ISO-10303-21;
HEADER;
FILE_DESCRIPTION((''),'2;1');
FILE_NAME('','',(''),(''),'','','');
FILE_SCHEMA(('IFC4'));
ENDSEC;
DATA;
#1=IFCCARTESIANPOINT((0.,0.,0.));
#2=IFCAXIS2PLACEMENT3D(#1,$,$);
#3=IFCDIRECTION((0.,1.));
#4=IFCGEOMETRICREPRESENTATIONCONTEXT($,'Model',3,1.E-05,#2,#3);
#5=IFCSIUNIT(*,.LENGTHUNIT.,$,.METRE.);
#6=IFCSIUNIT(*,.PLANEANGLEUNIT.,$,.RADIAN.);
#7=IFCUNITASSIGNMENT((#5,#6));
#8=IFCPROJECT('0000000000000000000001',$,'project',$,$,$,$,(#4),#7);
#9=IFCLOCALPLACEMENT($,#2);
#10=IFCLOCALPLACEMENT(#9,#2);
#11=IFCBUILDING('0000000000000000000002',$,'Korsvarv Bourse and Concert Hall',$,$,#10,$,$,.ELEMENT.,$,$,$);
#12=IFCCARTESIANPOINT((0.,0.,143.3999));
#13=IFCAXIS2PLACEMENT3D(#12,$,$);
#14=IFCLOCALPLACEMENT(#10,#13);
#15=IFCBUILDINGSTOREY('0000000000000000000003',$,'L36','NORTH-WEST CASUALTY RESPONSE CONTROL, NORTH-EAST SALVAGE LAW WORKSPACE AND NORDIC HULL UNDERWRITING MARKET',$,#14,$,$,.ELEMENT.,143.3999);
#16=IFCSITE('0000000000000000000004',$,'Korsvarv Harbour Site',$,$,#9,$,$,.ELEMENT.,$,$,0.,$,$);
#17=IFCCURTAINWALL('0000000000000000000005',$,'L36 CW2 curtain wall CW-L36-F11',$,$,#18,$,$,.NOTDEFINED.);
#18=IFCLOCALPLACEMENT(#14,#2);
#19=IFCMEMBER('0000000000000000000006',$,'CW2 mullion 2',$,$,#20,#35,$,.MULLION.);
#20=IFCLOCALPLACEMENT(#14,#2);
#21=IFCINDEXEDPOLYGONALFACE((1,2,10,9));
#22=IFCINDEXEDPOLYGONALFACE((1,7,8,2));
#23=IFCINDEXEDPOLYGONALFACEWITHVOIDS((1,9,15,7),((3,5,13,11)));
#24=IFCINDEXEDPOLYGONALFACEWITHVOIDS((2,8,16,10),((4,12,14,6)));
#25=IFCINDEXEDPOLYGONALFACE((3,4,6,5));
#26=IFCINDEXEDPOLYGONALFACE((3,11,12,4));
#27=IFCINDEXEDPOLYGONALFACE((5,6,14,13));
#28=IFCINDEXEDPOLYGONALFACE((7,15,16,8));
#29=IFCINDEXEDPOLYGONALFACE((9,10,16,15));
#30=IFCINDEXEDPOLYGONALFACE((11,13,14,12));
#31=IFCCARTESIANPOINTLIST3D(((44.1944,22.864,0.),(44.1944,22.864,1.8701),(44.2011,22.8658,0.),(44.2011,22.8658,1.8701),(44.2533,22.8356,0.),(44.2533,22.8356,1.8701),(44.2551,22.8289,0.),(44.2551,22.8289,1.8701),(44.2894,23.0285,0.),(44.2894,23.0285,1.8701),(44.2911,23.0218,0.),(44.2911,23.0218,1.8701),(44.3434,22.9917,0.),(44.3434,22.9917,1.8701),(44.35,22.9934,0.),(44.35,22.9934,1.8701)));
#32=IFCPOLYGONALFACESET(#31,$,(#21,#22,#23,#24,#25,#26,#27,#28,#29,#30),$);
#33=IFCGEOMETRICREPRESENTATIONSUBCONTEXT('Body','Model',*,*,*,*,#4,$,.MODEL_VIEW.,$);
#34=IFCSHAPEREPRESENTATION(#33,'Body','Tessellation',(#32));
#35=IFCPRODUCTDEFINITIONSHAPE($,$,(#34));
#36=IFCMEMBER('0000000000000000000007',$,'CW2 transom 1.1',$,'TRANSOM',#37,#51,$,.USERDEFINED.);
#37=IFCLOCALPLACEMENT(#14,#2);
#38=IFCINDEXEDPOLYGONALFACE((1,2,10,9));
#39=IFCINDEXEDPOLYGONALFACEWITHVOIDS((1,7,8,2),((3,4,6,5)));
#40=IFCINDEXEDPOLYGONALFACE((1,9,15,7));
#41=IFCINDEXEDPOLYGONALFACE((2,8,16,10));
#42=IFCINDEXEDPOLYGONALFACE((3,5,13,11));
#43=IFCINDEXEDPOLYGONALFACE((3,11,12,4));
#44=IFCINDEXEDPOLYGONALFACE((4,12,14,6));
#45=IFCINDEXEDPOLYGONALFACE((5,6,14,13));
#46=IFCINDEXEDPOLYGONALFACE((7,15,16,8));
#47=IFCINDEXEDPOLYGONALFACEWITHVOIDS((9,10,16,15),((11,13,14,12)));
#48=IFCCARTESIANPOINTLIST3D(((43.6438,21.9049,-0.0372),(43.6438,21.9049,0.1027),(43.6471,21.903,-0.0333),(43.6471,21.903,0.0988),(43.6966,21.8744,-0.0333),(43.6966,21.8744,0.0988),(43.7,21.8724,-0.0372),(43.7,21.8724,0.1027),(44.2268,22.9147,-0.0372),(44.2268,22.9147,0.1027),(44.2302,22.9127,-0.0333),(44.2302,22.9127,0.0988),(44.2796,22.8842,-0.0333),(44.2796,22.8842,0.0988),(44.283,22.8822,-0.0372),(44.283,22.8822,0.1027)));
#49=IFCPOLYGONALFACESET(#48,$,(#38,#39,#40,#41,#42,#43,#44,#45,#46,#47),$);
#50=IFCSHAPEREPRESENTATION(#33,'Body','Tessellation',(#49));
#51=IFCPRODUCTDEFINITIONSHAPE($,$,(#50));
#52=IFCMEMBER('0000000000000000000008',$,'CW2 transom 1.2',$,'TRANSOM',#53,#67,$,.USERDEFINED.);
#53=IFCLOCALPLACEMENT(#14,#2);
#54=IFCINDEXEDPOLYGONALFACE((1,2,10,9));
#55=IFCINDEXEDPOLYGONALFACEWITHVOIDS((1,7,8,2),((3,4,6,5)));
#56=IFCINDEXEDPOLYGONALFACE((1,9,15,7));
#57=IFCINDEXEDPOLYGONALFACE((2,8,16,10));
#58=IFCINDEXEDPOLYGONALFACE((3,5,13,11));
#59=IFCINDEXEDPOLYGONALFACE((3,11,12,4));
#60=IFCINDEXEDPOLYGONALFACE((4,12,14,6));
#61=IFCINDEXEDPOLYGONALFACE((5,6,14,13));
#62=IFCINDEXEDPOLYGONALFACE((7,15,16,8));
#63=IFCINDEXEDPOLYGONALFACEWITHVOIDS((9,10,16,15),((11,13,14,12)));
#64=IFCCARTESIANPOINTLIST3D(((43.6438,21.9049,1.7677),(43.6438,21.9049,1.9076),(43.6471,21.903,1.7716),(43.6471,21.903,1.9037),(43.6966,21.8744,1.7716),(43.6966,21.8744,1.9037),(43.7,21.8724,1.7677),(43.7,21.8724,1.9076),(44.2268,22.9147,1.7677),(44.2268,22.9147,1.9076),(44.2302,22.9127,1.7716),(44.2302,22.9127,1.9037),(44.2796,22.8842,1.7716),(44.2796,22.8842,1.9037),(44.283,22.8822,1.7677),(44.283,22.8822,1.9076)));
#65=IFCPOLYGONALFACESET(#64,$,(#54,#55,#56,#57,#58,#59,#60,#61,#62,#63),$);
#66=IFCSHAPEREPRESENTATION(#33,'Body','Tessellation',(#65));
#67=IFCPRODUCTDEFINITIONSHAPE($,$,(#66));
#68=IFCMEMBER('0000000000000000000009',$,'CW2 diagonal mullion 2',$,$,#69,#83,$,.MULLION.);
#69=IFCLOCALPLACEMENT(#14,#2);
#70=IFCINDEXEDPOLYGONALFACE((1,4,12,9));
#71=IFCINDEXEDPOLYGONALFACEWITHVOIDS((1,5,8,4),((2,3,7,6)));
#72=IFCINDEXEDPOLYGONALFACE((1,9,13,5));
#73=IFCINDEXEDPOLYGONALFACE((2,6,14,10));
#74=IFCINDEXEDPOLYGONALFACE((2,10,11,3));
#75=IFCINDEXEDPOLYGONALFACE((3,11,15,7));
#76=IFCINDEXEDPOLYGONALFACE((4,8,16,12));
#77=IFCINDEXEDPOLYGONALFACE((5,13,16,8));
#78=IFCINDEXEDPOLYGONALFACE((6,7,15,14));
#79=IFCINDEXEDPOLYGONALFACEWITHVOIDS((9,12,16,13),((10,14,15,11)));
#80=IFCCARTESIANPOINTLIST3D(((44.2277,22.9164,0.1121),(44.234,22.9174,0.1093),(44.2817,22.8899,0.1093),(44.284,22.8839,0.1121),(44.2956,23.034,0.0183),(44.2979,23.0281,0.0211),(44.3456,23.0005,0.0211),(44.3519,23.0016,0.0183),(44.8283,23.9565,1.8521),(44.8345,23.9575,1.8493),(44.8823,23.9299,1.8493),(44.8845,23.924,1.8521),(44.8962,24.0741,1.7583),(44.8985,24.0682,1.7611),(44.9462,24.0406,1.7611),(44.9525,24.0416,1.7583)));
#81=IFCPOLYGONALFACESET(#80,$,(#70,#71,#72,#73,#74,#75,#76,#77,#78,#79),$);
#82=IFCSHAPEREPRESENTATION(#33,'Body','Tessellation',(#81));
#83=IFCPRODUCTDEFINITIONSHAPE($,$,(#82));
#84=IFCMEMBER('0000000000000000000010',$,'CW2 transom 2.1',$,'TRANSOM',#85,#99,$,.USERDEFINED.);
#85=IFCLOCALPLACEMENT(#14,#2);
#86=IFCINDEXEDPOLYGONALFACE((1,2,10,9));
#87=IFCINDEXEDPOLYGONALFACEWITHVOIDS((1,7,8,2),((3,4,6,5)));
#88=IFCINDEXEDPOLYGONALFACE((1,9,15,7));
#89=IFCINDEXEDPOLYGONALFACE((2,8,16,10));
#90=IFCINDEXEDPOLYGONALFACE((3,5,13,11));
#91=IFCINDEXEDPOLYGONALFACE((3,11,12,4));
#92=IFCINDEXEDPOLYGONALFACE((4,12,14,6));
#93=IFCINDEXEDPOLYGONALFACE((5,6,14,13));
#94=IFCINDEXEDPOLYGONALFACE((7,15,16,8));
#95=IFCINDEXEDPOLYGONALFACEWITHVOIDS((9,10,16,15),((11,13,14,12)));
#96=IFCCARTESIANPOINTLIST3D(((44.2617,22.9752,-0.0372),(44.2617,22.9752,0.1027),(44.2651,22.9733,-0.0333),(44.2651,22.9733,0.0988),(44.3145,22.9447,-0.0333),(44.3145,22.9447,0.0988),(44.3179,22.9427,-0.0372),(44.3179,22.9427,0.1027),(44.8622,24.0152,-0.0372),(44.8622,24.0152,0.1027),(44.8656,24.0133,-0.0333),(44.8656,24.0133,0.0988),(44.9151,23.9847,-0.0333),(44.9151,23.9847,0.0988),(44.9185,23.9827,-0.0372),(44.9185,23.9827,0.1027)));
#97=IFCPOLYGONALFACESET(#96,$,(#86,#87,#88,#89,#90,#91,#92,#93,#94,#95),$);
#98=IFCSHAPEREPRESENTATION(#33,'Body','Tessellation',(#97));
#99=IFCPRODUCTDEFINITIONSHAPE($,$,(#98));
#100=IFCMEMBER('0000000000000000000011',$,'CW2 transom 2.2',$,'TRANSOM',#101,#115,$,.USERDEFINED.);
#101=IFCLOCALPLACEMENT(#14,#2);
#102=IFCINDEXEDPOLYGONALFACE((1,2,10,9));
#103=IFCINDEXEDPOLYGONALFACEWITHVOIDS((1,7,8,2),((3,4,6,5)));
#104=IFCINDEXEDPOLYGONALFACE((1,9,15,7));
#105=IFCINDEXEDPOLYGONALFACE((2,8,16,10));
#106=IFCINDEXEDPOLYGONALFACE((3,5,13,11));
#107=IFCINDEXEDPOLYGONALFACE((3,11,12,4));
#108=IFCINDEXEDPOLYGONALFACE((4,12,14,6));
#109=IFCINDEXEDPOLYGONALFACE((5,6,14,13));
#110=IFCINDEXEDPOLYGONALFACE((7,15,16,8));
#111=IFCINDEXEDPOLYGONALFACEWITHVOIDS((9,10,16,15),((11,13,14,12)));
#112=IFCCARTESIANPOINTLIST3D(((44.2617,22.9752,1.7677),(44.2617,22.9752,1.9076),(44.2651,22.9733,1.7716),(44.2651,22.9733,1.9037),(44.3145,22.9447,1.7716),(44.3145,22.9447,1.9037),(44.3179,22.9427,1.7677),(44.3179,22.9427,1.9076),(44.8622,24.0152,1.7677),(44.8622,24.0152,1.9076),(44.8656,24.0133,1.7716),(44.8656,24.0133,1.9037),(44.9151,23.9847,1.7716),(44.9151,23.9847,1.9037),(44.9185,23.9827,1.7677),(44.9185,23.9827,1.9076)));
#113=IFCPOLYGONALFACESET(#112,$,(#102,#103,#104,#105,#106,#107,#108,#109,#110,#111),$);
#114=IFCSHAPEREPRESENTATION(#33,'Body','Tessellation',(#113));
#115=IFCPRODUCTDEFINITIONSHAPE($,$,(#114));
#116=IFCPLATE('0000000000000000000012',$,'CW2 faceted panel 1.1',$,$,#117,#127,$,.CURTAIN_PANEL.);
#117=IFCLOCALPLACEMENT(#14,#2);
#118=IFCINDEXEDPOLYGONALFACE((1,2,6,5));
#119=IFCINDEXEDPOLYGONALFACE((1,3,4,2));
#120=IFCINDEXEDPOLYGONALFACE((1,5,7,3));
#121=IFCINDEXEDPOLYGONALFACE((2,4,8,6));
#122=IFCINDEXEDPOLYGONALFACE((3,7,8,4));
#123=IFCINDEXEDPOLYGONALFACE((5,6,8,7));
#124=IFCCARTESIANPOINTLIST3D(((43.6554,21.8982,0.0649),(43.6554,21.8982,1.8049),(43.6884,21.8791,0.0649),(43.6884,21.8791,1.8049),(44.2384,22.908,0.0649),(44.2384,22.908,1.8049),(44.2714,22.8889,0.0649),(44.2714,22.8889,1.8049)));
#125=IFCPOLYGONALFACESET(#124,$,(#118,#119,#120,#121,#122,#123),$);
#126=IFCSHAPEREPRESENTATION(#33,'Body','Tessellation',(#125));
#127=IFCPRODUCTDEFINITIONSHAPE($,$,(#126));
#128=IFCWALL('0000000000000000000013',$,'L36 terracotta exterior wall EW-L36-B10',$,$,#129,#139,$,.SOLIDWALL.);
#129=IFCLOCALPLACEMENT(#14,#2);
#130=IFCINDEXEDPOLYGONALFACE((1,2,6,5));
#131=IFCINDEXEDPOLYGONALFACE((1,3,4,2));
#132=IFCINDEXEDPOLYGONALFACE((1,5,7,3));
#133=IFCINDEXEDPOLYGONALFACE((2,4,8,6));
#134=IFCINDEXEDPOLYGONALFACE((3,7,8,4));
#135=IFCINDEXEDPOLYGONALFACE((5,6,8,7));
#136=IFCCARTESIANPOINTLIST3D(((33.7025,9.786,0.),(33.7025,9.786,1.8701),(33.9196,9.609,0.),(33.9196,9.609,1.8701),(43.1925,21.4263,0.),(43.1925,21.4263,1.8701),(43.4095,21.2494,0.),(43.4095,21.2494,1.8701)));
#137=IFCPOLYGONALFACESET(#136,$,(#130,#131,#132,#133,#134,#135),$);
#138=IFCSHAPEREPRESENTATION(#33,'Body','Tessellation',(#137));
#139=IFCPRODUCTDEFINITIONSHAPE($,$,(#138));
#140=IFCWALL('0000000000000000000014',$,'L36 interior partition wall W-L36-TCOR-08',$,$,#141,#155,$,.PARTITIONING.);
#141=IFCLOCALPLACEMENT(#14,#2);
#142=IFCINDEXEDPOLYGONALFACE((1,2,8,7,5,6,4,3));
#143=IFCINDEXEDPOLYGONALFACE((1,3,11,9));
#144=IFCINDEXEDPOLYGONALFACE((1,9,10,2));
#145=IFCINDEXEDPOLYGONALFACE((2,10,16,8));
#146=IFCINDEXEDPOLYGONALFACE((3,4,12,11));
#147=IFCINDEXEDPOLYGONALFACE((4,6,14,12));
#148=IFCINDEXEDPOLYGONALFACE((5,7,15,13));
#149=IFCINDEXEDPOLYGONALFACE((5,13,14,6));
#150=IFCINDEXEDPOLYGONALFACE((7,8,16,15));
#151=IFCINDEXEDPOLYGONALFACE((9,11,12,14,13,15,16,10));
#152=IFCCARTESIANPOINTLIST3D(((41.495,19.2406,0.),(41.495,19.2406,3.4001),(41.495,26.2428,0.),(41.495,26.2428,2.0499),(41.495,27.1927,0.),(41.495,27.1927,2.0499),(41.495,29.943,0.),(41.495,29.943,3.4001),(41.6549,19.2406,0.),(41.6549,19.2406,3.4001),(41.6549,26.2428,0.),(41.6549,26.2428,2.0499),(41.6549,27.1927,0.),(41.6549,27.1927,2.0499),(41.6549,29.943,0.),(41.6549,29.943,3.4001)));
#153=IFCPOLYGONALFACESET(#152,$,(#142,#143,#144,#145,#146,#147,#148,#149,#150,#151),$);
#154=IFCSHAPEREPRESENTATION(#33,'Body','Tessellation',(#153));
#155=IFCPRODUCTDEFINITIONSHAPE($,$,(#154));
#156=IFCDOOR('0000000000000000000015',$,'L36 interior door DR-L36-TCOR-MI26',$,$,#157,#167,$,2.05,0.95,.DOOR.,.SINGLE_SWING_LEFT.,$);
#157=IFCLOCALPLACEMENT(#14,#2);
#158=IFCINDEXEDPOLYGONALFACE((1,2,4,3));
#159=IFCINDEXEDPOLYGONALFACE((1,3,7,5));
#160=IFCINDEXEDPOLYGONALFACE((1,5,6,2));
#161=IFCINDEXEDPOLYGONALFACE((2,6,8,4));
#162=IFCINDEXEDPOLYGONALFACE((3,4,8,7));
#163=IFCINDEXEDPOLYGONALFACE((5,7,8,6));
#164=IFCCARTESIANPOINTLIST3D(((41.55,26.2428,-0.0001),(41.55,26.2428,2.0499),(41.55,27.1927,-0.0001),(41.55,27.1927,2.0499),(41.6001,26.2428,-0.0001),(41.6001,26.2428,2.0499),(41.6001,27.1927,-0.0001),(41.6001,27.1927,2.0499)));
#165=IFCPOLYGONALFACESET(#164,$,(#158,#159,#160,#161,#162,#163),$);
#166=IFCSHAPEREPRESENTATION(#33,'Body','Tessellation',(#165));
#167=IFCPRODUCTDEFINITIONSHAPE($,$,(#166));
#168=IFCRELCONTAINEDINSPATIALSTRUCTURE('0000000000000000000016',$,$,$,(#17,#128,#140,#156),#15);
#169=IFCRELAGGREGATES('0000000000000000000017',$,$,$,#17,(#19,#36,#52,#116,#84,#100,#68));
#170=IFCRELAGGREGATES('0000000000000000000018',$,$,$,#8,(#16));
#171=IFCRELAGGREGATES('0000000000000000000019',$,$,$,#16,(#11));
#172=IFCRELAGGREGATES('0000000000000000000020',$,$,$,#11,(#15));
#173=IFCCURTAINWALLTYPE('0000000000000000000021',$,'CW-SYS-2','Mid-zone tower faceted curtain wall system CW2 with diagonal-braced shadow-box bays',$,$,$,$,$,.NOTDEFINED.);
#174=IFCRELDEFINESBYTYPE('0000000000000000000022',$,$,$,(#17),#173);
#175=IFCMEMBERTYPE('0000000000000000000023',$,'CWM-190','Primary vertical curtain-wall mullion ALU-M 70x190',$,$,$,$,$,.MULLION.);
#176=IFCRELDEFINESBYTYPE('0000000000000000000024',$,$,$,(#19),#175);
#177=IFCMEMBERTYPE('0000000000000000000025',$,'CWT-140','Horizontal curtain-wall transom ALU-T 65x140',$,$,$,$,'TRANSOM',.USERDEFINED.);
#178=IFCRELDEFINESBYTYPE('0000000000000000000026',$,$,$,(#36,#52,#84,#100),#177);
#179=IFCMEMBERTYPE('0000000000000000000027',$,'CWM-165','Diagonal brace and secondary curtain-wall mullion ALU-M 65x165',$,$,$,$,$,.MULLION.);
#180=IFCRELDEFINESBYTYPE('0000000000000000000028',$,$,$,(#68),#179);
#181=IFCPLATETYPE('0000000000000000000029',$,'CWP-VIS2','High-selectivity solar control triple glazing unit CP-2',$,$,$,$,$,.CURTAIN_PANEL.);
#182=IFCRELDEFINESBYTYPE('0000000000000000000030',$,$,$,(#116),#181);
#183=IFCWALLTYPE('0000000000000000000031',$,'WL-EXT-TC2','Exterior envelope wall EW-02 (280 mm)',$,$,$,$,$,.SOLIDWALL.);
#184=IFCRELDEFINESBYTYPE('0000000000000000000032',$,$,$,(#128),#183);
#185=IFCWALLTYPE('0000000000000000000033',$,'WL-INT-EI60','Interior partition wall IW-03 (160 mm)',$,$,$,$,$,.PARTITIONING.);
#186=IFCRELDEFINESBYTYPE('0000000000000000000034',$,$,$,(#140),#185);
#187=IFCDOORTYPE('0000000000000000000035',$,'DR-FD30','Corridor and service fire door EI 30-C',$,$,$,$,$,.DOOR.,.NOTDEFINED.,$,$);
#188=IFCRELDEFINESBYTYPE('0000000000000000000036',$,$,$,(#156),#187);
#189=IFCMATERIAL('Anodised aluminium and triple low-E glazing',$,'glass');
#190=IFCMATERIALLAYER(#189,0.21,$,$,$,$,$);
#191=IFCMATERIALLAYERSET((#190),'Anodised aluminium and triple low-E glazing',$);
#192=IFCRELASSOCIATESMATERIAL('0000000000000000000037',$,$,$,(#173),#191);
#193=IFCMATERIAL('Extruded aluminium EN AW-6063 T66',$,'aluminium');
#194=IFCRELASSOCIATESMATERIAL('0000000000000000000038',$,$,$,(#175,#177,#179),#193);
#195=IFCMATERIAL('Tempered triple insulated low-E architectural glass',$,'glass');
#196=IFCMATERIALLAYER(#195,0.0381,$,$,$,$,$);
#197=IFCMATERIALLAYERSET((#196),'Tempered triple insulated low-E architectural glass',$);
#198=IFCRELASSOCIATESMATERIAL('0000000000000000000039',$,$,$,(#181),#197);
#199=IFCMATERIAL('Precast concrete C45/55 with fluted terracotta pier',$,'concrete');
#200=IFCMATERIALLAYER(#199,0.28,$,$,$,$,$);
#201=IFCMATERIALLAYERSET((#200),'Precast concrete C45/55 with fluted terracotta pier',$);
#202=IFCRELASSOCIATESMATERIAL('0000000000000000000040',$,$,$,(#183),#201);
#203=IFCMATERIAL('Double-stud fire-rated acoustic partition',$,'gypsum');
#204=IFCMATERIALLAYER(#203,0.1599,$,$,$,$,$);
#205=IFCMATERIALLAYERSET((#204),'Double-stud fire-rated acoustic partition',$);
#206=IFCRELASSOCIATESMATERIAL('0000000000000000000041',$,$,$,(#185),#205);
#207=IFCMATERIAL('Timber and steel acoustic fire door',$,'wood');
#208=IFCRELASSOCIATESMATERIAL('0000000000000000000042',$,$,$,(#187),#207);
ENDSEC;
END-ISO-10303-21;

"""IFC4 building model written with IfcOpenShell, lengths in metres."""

from ifc_helpers import new_model, si_unit, direction, frame, frame_2d, origin, origin_2d, place, context, subcontext, project, spatial, rectangle, hollow_rectangle, extrude, source, transform, mapped, material, layer, layer_set, material_profile, profile_set, type_object, element, fill, aggregate, save


model = new_model("IFC4")

# Units and contexts
model_context = context("Model", 3, precision=1e-05, world=origin(), true_north=direction((0.0, 1.0)))
body_context = subcontext(model_context, "Body", "Model", "MODEL_VIEW")
ifc_project = project(units=[si_unit("LENGTHUNIT", "METRE"), si_unit("PLANEANGLEUNIT", "RADIAN")], contexts=[model_context])

# Site, building, storey
site_placement = place(None, origin())
site = spatial("IfcSite", under=ifc_project, at=site_placement, Name="Korsvarv Harbour Site", CompositionType="ELEMENT", RefElevation=0.0)
building_placement = place(site_placement, origin())
building = spatial("IfcBuilding", under=site, at=building_placement, Name="Korsvarv Bourse and Concert Hall", CompositionType="ELEMENT")
storey_placement = place(building_placement, frame((0.0, 0.0, 143.3999)))
storey = spatial("IfcBuildingStorey", under=building, at=storey_placement, Name="L36", Description="NORTH-WEST CASUALTY RESPONSE CONTROL, NORTH-EAST SALVAGE LAW WORKSPACE AND NORDIC HULL UNDERWRITING MARKET", CompositionType="ELEMENT", Elevation=143.3999)

# Curtain wall, members, plate
ifc_material_1 = material(Name="Anodised aluminium and triple low-E glazing", Category="glass")
ifc_layer_1 = layer(ifc_material_1, 0.21)
ifc_layer_set_1 = layer_set([ifc_layer_1], Name="Anodised aluminium and triple low-E glazing")
curtain_wall_type = type_object("IfcCurtainWallType", Name="CW-SYS-2", Description="Mid-zone tower faceted curtain wall system CW2 with diagonal-braced shadow-box bays", PredefinedType="NOTDEFINED", material=ifc_layer_set_1)
curtain_wall_placement = place(storey_placement, origin())
curtain_wall = element("IfcCurtainWall", 1, at=curtain_wall_placement, inside=storey, type_object=curtain_wall_type, Name="L36 CW2 curtain wall CW-L36-F11", PredefinedType="NOTDEFINED")
ifc_material_2 = material(Name="Extruded aluminium EN AW-6063 T66", Category="aluminium")
ifc_material_profile_1 = material_profile(ifc_material_2, hollow_rectangle(XDim=0.0701, YDim=0.1899, WallThickness=0.0049, at=origin_2d()), Name="ALU-M 70x190")
ifc_profile_set_1 = profile_set([ifc_material_profile_1], Name="Extruded aluminium EN AW-6063 T66")
member_type_1 = type_object("IfcMemberType", Name="CWM-190", Description="Primary vertical curtain-wall mullion ALU-M 70x190", PredefinedType="MULLION", material=ifc_profile_set_1)
shared_shape_1 = source(origin(), body_context, "Body", "SweptSolid", [
    extrude(hollow_rectangle(XDim=0.0701, YDim=0.1899, WallThickness=0.0049, at=origin_2d()), origin(), (0.0, 0.0, 1.0), 1.8701),
])
member_1_placement = place(storey_placement, frame((44.2722, 22.9287, 0.0), z_axis=(0.0, 0.0, 1.0), x_axis=(-0.866025, 0.5, 0.0)))
member_1 = element("IfcMember", 2, at=member_1_placement, type_object=member_type_1, Name="CW2 mullion 2", PredefinedType="MULLION", context=body_context, shape_type="MappedRepresentation", body=[
    mapped(shared_shape_1, transform((0.0, 0.0, 0.0), scale=1.0)),
])
ifc_material_profile_2 = material_profile(ifc_material_2, hollow_rectangle(XDim=0.0649, YDim=0.1399, WallThickness=0.0039, at=origin_2d()), Name="ALU-T 65x140")
ifc_profile_set_2 = profile_set([ifc_material_profile_2], Name="Extruded aluminium EN AW-6063 T66")
member_type_2 = type_object("IfcMemberType", Name="CWT-140", Description="Horizontal curtain-wall transom ALU-T 65x140", ElementType="TRANSOM", PredefinedType="USERDEFINED", material=ifc_profile_set_2)
shared_shape_2 = source(origin(), body_context, "Body", "SweptSolid", [
    extrude(hollow_rectangle(XDim=0.0649, YDim=0.1399, WallThickness=0.0039, at=origin_2d()), origin(), (0.0, 0.0, 1.0), 1.166),
])
member_2_placement = place(storey_placement, frame((43.6719, 21.8887, 0.0327), z_axis=(0.500012, 0.866018, 0.0), x_axis=(-0.866018, 0.500012, 0.0)))
member_2 = element("IfcMember", 3, at=member_2_placement, type_object=member_type_2, Name="CW2 transom 1.1", ObjectType="TRANSOM", PredefinedType="USERDEFINED", context=body_context, shape_type="MappedRepresentation", body=[
    mapped(shared_shape_2, transform((0.0, 0.0, 0.0), scale=1.0)),
])
member_3_placement = place(storey_placement, frame((43.6719, 21.8887, 1.8376), z_axis=(0.500012, 0.866018, 0.0), x_axis=(-0.866018, 0.500012, 0.0)))
member_3 = element("IfcMember", 4, at=member_3_placement, type_object=member_type_2, Name="CW2 transom 1.2", ObjectType="TRANSOM", PredefinedType="USERDEFINED", context=body_context, shape_type="MappedRepresentation", body=[
    mapped(shared_shape_2, transform((0.0, 0.0, 0.0), scale=1.0)),
])
ifc_material_profile_3 = material_profile(ifc_material_2, hollow_rectangle(XDim=0.0649, YDim=0.165, WallThickness=0.0049, at=origin_2d()), Name="ALU-M 65x165")
ifc_profile_set_3 = profile_set([ifc_material_profile_3], Name="Extruded aluminium EN AW-6063 T66")
member_type_3 = type_object("IfcMemberType", Name="CWM-165", Description="Diagonal brace and secondary curtain-wall mullion ALU-M 65x165", PredefinedType="MULLION", material=ifc_profile_set_3)
shared_shape_3 = source(origin(), body_context, "Body", "SweptSolid", [
    extrude(hollow_rectangle(XDim=0.0649, YDim=0.165, WallThickness=0.0049, at=origin_2d()), origin(), (0.0, 0.0, 1.0), 2.1143),
])
member_4_placement = place(storey_placement, frame((44.2898, 22.959, 0.0652), z_axis=(0.284069, 0.491924, 0.822992), x_axis=(-0.865982, 0.500074, 0.0)))
member_4 = element("IfcMember", 5, at=member_4_placement, type_object=member_type_3, Name="CW2 diagonal mullion 2", PredefinedType="MULLION", context=body_context, shape_type="MappedRepresentation", body=[
    mapped(shared_shape_3, transform((0.0, 0.0, 0.0), scale=1.0)),
])
shared_shape_4 = source(origin(), body_context, "Body", "SweptSolid", [
    extrude(hollow_rectangle(XDim=0.0649, YDim=0.1399, WallThickness=0.0039, at=origin_2d()), origin(), (0.0, 0.0, 1.0), 1.2009),
])
member_5_placement = place(storey_placement, frame((44.2898, 22.959, 0.0327), z_axis=(0.500074, 0.865982, 0.0), x_axis=(-0.865982, 0.500074, 0.0)))
member_5 = element("IfcMember", 6, at=member_5_placement, type_object=member_type_2, Name="CW2 transom 2.1", ObjectType="TRANSOM", PredefinedType="USERDEFINED", context=body_context, shape_type="MappedRepresentation", body=[
    mapped(shared_shape_4, transform((0.0, 0.0, 0.0), scale=1.0)),
])
member_6_placement = place(storey_placement, frame((44.2898, 22.959, 1.8376), z_axis=(0.500074, 0.865982, 0.0), x_axis=(-0.865982, 0.500074, 0.0)))
member_6 = element("IfcMember", 7, at=member_6_placement, type_object=member_type_2, Name="CW2 transom 2.2", ObjectType="TRANSOM", PredefinedType="USERDEFINED", context=body_context, shape_type="MappedRepresentation", body=[
    mapped(shared_shape_4, transform((0.0, 0.0, 0.0), scale=1.0)),
])
ifc_material_3 = material(Name="Tempered triple insulated low-E architectural glass", Category="glass")
ifc_layer_2 = layer(ifc_material_3, 0.0381)
ifc_layer_set_2 = layer_set([ifc_layer_2], Name="Tempered triple insulated low-E architectural glass")
plate_type = type_object("IfcPlateType", Name="CWP-VIS2", Description="High-selectivity solar control triple glazing unit CP-2", PredefinedType="CURTAIN_PANEL", material=ifc_layer_set_2)
shared_shape_5 = source(origin(), body_context, "Body", "SweptSolid", [
    extrude(rectangle(XDim=1.166, YDim=0.0381, at=origin_2d()), origin(), (0.0, 0.0, 1.0), 1.74),
])
plate_placement = place(storey_placement, frame((43.9634, 22.3936, 0.0649), z_axis=(0.0, 0.0, 1.0), x_axis=(0.5, 0.866025, 0.0)))
plate = element("IfcPlate", 8, at=plate_placement, type_object=plate_type, Name="CW2 faceted panel 1.1", PredefinedType="CURTAIN_PANEL", context=body_context, shape_type="MappedRepresentation", body=[
    mapped(shared_shape_5, transform((0.0, 0.0, 0.0), scale=1.0)),
])
aggregate(curtain_wall, [member_1, member_2, member_3, plate, member_5, member_6, member_4])

# Wall
ifc_material_4 = material(Name="Precast concrete C45/55 with fluted terracotta pier", Category="concrete")
ifc_layer_3 = layer(ifc_material_4, 0.28)
ifc_layer_set_3 = layer_set([ifc_layer_3], Name="Precast concrete C45/55 with fluted terracotta pier")
wall_type_1 = type_object("IfcWallType", Name="WL-EXT-TC2", Description="Exterior envelope wall EW-02 (280 mm)", PredefinedType="SOLIDWALL", material=ifc_layer_set_3)
wall_1_placement = place(storey_placement, frame((33.811, 9.6975, 0.0), z_axis=(0.0, 0.0, 1.0), x_axis=(0.631882, 0.775064, 0.0)))
element("IfcWall", 9, at=wall_1_placement, inside=storey, type_object=wall_type_1, Name="L36 terracotta exterior wall EW-L36-B10", PredefinedType="SOLIDWALL", context=body_context, shape_type="SweptSolid", body=[
    extrude(rectangle(XDim=15.0186, YDim=0.28, at=frame_2d((7.5093, 0.0))), origin(), (0.0, 0.0, 1.0), 1.8701),
])

# Wall, opening, door
ifc_material_5 = material(Name="Double-stud fire-rated acoustic partition", Category="gypsum")
ifc_layer_4 = layer(ifc_material_5, 0.1599)
ifc_layer_set_4 = layer_set([ifc_layer_4], Name="Double-stud fire-rated acoustic partition")
wall_type_2 = type_object("IfcWallType", Name="WL-INT-EI60", Description="Interior partition wall IW-03 (160 mm)", PredefinedType="PARTITIONING", material=ifc_layer_set_4)
wall_2_placement = place(storey_placement, frame((41.575, 19.2407, 0.0), z_axis=(0.0, 0.0, 1.0), x_axis=(0.0, 1.0, 0.0)))
wall_2 = element("IfcWall", 10, at=wall_2_placement, inside=storey, type_object=wall_type_2, Name="L36 interior partition wall W-L36-TCOR-08", PredefinedType="PARTITIONING", context=body_context, shape_type="SweptSolid", body=[
    extrude(rectangle(XDim=10.7024, YDim=0.1599, at=frame_2d((5.3511, 0.0))), origin(), (0.0, 0.0, 1.0), 3.4001),
])
opening_1_placement = place(wall_2_placement, frame((7.002, 0.0, 0.0)))
opening_1 = element("IfcOpeningElement", 11, at=opening_1_placement, cuts=wall_2, PredefinedType="OPENING", context=body_context, shape_type="SweptSolid", body=[
    extrude(rectangle(XDim=0.95, YDim=2.05, at=frame_2d((0.4751, 1.0249))), frame((0.0, 0.0898, 0.0), z_axis=(0.0, -1.0, 0.0), x_axis=(1.0, 0.0, 0.0)), (0.0, 0.0, 1.0), 0.1799),
])
ifc_material_6 = material(Name="Timber and steel acoustic fire door", Category="wood")
door_type_1 = type_object("IfcDoorType", Name="DR-FD30", Description="Corridor and service fire door EI 30-C", OperationType="NOTDEFINED", PredefinedType="DOOR", material=ifc_material_6)
door_1_placement = place(opening_1_placement, origin())
door_1 = element("IfcDoor", 12, at=door_1_placement, inside=storey, type_object=door_type_1, Name="L36 interior door DR-L36-TCOR-MI26", OperationType="SINGLE_SWING_LEFT", OverallHeight=2.05, OverallWidth=0.95, PredefinedType="DOOR", context=body_context, shape_type="SweptSolid", body=[
    extrude(rectangle(XDim=0.95, YDim=2.05, at=frame_2d((0.4751, 1.0249))), frame((0.0, 0.0249, 0.0), z_axis=(0.0, -1.0, 0.0), x_axis=(1.0, 0.0, 0.0)), (0.0, 0.0, 1.0), 0.05),
])
fill(opening_1, door_1)

save(model, "model.ifc")
